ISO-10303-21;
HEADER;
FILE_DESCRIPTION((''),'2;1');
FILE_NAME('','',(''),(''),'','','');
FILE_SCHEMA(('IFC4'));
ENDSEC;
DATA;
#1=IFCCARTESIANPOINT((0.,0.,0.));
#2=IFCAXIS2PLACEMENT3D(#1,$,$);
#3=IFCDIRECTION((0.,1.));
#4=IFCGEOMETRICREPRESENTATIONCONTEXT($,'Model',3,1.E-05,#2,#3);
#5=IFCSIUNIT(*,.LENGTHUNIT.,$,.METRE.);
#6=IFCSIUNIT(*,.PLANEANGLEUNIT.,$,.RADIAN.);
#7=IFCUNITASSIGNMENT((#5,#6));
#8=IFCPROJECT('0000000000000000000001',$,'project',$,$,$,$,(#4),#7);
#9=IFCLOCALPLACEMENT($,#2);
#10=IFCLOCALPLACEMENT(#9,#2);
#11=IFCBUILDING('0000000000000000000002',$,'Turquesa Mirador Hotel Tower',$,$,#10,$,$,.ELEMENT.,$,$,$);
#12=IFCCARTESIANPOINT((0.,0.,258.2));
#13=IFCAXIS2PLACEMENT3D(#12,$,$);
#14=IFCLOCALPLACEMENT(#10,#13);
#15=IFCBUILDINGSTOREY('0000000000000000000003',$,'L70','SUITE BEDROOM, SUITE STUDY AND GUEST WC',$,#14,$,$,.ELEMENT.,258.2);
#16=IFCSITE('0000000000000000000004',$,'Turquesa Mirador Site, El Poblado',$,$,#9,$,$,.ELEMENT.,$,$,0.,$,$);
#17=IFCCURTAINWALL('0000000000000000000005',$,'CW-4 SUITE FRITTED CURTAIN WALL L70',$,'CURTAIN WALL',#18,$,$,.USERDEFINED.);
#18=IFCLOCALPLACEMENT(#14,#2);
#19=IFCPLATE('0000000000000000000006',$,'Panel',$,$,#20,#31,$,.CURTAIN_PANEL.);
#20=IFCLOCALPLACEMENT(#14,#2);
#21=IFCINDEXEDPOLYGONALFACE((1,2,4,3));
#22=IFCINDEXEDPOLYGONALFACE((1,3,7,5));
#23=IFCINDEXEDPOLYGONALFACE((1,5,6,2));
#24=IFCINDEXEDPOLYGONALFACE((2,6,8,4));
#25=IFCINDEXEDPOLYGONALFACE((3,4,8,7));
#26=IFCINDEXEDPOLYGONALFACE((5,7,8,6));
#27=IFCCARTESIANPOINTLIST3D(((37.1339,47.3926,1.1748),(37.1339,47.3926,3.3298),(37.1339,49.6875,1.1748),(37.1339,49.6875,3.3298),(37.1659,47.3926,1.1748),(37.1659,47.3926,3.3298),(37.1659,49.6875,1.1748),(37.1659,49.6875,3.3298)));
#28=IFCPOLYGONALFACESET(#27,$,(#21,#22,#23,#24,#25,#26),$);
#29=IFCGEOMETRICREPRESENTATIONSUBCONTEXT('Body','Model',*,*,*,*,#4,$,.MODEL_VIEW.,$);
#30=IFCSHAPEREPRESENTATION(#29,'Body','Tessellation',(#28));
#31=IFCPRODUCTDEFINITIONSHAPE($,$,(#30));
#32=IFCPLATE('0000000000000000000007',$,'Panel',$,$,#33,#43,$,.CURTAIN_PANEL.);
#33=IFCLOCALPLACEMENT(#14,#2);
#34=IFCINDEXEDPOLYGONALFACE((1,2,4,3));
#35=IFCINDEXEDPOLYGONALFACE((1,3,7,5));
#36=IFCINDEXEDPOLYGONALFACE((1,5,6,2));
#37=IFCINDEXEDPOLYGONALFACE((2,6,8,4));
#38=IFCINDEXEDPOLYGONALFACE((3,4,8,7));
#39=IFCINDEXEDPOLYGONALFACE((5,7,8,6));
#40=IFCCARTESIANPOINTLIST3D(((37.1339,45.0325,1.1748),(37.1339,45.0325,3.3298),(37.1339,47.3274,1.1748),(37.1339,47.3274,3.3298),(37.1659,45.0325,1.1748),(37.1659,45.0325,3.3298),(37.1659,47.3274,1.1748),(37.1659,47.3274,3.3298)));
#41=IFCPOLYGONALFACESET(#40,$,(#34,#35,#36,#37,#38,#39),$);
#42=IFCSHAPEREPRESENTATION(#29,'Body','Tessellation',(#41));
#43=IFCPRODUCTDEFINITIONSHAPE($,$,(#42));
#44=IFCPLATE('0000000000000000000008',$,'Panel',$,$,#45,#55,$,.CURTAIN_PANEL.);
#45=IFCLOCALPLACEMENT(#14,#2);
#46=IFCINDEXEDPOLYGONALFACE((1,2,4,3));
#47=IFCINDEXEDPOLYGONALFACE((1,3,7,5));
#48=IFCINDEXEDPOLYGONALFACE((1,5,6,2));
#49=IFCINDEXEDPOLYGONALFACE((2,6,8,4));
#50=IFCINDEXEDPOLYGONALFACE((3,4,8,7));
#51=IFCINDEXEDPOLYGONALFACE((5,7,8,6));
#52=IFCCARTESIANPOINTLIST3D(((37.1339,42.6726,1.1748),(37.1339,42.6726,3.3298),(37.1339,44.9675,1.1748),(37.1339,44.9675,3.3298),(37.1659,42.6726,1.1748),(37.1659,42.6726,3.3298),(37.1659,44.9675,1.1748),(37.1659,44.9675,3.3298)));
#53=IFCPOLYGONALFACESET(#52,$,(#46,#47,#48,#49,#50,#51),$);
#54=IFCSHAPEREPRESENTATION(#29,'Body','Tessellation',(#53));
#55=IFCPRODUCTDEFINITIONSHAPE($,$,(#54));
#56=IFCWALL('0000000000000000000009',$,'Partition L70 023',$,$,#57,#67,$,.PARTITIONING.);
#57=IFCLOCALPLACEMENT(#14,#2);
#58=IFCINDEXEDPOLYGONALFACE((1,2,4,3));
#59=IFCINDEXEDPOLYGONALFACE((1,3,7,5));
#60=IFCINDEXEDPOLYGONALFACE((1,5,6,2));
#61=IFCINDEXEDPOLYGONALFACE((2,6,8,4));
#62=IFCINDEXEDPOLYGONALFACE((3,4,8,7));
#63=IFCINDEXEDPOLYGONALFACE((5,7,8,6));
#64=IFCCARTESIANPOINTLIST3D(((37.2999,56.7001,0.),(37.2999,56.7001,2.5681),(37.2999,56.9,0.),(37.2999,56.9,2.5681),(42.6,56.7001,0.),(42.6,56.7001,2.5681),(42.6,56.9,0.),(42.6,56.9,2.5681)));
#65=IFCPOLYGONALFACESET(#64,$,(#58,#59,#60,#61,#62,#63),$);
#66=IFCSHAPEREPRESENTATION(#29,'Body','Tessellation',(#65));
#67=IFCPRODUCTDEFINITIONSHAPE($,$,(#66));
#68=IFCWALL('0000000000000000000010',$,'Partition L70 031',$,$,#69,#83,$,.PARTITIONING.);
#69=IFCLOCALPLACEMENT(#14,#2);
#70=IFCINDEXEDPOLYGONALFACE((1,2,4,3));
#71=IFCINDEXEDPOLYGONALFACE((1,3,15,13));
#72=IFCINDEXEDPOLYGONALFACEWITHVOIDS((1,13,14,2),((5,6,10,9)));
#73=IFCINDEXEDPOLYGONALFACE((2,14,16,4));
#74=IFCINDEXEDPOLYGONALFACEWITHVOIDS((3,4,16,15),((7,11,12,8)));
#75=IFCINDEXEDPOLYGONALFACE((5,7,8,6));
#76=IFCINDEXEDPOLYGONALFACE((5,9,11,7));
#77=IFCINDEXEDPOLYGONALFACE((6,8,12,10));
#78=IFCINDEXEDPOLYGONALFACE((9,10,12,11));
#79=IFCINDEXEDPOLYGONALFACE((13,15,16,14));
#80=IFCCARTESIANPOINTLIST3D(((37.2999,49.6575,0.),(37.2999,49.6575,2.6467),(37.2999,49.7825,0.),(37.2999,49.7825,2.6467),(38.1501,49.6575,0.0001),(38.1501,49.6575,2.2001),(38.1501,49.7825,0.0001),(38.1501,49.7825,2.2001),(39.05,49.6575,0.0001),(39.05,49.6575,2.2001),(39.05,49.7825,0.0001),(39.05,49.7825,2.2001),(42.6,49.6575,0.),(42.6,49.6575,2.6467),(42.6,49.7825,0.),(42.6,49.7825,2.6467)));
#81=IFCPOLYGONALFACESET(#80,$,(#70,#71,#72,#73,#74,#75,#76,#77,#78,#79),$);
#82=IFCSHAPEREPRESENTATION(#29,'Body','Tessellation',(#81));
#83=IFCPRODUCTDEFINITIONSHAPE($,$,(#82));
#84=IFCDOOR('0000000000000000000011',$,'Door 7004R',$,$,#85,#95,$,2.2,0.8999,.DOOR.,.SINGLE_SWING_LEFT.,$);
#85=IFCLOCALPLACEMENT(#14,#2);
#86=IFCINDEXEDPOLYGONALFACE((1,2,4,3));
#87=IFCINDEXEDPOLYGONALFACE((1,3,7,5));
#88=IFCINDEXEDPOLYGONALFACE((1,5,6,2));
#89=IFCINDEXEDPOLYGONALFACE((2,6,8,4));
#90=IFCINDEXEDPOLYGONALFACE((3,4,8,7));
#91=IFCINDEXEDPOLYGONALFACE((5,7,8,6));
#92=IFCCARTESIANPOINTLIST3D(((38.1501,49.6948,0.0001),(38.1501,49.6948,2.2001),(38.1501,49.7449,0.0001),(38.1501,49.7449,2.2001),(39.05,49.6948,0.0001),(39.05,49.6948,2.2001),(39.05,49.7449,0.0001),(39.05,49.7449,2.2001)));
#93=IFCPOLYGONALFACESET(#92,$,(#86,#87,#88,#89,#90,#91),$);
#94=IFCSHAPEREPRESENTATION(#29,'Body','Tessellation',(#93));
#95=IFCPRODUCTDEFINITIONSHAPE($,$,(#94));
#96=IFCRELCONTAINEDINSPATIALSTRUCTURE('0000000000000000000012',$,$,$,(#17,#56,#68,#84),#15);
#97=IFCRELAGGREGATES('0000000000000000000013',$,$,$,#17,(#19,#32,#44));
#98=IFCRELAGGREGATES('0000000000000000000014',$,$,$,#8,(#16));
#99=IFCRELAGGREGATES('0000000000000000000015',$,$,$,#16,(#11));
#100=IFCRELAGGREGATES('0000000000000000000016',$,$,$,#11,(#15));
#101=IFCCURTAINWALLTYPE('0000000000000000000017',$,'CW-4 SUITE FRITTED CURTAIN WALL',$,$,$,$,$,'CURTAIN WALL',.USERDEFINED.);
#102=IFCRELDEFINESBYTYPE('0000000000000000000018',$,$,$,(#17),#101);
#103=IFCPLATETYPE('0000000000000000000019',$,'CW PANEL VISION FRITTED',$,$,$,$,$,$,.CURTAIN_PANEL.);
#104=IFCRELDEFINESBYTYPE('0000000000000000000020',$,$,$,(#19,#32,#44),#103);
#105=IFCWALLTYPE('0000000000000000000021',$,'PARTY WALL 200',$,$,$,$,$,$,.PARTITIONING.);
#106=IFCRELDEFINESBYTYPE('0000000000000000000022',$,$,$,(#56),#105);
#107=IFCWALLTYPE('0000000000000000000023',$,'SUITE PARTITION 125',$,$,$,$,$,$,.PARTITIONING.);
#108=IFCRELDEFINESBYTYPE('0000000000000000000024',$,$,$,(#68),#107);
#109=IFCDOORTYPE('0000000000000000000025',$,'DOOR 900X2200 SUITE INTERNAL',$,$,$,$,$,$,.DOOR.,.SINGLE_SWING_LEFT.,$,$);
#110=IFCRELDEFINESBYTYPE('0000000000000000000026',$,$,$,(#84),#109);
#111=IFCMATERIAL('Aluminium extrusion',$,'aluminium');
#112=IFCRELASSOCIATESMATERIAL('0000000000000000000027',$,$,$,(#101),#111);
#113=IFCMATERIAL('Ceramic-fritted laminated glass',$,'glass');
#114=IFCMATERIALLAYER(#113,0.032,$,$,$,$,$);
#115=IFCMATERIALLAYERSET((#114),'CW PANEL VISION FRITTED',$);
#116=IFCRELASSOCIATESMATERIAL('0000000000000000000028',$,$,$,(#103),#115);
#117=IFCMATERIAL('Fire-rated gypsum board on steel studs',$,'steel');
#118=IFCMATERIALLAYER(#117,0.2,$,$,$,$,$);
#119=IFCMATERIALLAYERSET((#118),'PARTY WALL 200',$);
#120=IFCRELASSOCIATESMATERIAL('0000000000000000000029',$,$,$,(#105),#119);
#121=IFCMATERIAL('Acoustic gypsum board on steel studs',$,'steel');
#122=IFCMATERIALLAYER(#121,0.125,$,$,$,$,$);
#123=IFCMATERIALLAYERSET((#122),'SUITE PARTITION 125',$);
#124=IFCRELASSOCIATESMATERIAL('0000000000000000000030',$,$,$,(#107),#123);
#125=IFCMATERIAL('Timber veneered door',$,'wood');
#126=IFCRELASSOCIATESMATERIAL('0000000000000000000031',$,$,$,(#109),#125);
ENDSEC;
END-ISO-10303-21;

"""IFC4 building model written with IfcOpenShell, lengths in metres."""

from ifc_helpers import new_model, si_unit, direction, frame, frame_2d, origin, origin_2d, place, context, subcontext, project, spatial, rectangle, extrude, material, layer, layer_set, type_object, element, fill, aggregate, save


model = new_model("IFC4")

# Units and contexts
model_context = context("Model", 3, precision=1e-05, world=origin(), true_north=direction((0.0, 1.0)))
body_context = subcontext(model_context, "Body", "Model", "MODEL_VIEW")
ifc_project = project(units=[si_unit("LENGTHUNIT", "METRE"), si_unit("PLANEANGLEUNIT", "RADIAN")], contexts=[model_context])

# Site, building, storey
site_placement = place(None, origin())
site = spatial("IfcSite", under=ifc_project, at=site_placement, Name="Turquesa Mirador Site, El Poblado", CompositionType="ELEMENT", RefElevation=0.0)
building_placement = place(site_placement, origin())
building = spatial("IfcBuilding", under=site, at=building_placement, Name="Turquesa Mirador Hotel Tower", CompositionType="ELEMENT")
storey_placement = place(building_placement, frame((0.0, 0.0, 258.2)))
storey = spatial("IfcBuildingStorey", under=building, at=storey_placement, Name="L70", Description="SUITE BEDROOM, SUITE STUDY AND GUEST WC", CompositionType="ELEMENT", Elevation=258.2)

# Curtain wall
ifc_material_1 = material(Name="Aluminium extrusion", Category="aluminium")
curtain_wall_type = type_object("IfcCurtainWallType", Name="CW-4 SUITE FRITTED CURTAIN WALL", ElementType="CURTAIN WALL", PredefinedType="USERDEFINED", material=ifc_material_1)
curtain_wall_1_placement = place(storey_placement, origin())
curtain_wall_1 = element("IfcCurtainWall", 1, at=curtain_wall_1_placement, inside=storey, type_object=curtain_wall_type, Name="CW-4 SUITE FRITTED CURTAIN WALL L70", ObjectType="CURTAIN WALL", PredefinedType="USERDEFINED")

# Plates
ifc_material_2 = material(Name="Ceramic-fritted laminated glass", Category="glass")
ifc_layer_1 = layer(ifc_material_2, 0.032)
ifc_layer_set_1 = layer_set([ifc_layer_1], Name="CW PANEL VISION FRITTED")
plate_type_1 = type_object("IfcPlateType", Name="CW PANEL VISION FRITTED", PredefinedType="CURTAIN_PANEL", material=ifc_layer_set_1)
plate_1_placement = place(storey_placement, frame((37.1499, 48.54, 1.1748), z_axis=(0.0, 0.0, 1.0), x_axis=(0.0, -1.0, 0.0)))
plate_1 = element("IfcPlate", 2, at=plate_1_placement, type_object=plate_type_1, Name="Panel", PredefinedType="CURTAIN_PANEL", context=body_context, shape_type="SweptSolid", body=[
    extrude(rectangle(XDim=2.2949, YDim=0.032, at=origin_2d()), origin(), (0.0, 0.0, 1.0), 2.155),
])
plate_2_placement = place(storey_placement, frame((37.1499, 46.1799, 1.1748), z_axis=(0.0, 0.0, 1.0), x_axis=(0.0, -1.0, 0.0)))
plate_2 = element("IfcPlate", 3, at=plate_2_placement, type_object=plate_type_1, Name="Panel", PredefinedType="CURTAIN_PANEL", context=body_context, shape_type="SweptSolid", body=[
    extrude(rectangle(XDim=2.2949, YDim=0.032, at=origin_2d()), origin(), (0.0, 0.0, 1.0), 2.155),
])
plate_3_placement = place(storey_placement, frame((37.1499, 43.8201, 1.1748), z_axis=(0.0, 0.0, 1.0), x_axis=(0.0, -1.0, 0.0)))
plate_3 = element("IfcPlate", 4, at=plate_3_placement, type_object=plate_type_1, Name="Panel", PredefinedType="CURTAIN_PANEL", context=body_context, shape_type="SweptSolid", body=[
    extrude(rectangle(XDim=2.2949, YDim=0.032, at=origin_2d()), origin(), (0.0, 0.0, 1.0), 2.155),
])
aggregate(curtain_wall_1, [plate_1, plate_2, plate_3])

# Wall
ifc_material_3 = material(Name="Fire-rated gypsum board on steel studs", Category="steel")
ifc_layer_2 = layer(ifc_material_3, 0.2)
ifc_layer_set_2 = layer_set([ifc_layer_2], Name="PARTY WALL 200")
wall_type_1 = type_object("IfcWallType", Name="PARTY WALL 200", PredefinedType="PARTITIONING", material=ifc_layer_set_2)
wall_1_placement = place(storey_placement, frame((37.3, 56.8, 0.0), z_axis=(0.0, 0.0, 1.0), x_axis=(1.0, 0.0, 0.0)))
element("IfcWall", 5, at=wall_1_placement, inside=storey, type_object=wall_type_1, Name="Partition L70 023", PredefinedType="PARTITIONING", context=body_context, shape_type="SweptSolid", body=[
    extrude(rectangle(XDim=5.3, YDim=0.2, at=frame_2d((2.6499, 0.0))), origin(), (0.0, 0.0, 1.0), 2.5681),
])

# Wall, opening, door
ifc_material_4 = material(Name="Acoustic gypsum board on steel studs", Category="steel")
ifc_layer_3 = layer(ifc_material_4, 0.125)
ifc_layer_set_3 = layer_set([ifc_layer_3], Name="SUITE PARTITION 125")
wall_type_2 = type_object("IfcWallType", Name="SUITE PARTITION 125", PredefinedType="PARTITIONING", material=ifc_layer_set_3)
wall_2_placement = place(storey_placement, frame((37.3, 49.72, 0.0), z_axis=(0.0, 0.0, 1.0), x_axis=(1.0, 0.0, 0.0)))
wall_2 = element("IfcWall", 6, at=wall_2_placement, inside=storey, type_object=wall_type_2, Name="Partition L70 031", PredefinedType="PARTITIONING", context=body_context, shape_type="SweptSolid", body=[
    extrude(rectangle(XDim=5.3, YDim=0.125, at=frame_2d((2.6499, 0.0))), origin(), (0.0, 0.0, 1.0), 2.6467),
])
opening_placement = place(wall_2_placement, frame((0.8501, 0.0, 0.0)))
opening = element("IfcOpeningElement", 7, at=opening_placement, cuts=wall_2, PredefinedType="OPENING", context=body_context, shape_type="SweptSolid", body=[
    extrude(rectangle(XDim=0.8999, YDim=2.2, at=frame_2d((0.45, 1.1001))), frame((0.0, 0.0725, 0.0), z_axis=(0.0, -1.0, 0.0), x_axis=(1.0, 0.0, 0.0)), (0.0, 0.0, 1.0), 0.145),
])
ifc_material_5 = material(Name="Timber veneered door", Category="wood")
door_type = type_object("IfcDoorType", Name="DOOR 900X2200 SUITE INTERNAL", OperationType="SINGLE_SWING_LEFT", PredefinedType="DOOR", material=ifc_material_5)
door_placement = place(opening_placement, origin())
door = element("IfcDoor", 8, at=door_placement, inside=storey, type_object=door_type, Name="Door 7004R", OperationType="SINGLE_SWING_LEFT", OverallHeight=2.2, OverallWidth=0.8999, PredefinedType="DOOR", context=body_context, shape_type="SweptSolid", body=[
    extrude(rectangle(XDim=0.8999, YDim=2.2, at=frame_2d((0.45, 1.1001))), frame((0.0, 0.0249, 0.0), z_axis=(0.0, -1.0, 0.0), x_axis=(1.0, 0.0, 0.0)), (0.0, 0.0, 1.0), 0.05),
])
fill(opening, door)

save(model, "model.ifc")
